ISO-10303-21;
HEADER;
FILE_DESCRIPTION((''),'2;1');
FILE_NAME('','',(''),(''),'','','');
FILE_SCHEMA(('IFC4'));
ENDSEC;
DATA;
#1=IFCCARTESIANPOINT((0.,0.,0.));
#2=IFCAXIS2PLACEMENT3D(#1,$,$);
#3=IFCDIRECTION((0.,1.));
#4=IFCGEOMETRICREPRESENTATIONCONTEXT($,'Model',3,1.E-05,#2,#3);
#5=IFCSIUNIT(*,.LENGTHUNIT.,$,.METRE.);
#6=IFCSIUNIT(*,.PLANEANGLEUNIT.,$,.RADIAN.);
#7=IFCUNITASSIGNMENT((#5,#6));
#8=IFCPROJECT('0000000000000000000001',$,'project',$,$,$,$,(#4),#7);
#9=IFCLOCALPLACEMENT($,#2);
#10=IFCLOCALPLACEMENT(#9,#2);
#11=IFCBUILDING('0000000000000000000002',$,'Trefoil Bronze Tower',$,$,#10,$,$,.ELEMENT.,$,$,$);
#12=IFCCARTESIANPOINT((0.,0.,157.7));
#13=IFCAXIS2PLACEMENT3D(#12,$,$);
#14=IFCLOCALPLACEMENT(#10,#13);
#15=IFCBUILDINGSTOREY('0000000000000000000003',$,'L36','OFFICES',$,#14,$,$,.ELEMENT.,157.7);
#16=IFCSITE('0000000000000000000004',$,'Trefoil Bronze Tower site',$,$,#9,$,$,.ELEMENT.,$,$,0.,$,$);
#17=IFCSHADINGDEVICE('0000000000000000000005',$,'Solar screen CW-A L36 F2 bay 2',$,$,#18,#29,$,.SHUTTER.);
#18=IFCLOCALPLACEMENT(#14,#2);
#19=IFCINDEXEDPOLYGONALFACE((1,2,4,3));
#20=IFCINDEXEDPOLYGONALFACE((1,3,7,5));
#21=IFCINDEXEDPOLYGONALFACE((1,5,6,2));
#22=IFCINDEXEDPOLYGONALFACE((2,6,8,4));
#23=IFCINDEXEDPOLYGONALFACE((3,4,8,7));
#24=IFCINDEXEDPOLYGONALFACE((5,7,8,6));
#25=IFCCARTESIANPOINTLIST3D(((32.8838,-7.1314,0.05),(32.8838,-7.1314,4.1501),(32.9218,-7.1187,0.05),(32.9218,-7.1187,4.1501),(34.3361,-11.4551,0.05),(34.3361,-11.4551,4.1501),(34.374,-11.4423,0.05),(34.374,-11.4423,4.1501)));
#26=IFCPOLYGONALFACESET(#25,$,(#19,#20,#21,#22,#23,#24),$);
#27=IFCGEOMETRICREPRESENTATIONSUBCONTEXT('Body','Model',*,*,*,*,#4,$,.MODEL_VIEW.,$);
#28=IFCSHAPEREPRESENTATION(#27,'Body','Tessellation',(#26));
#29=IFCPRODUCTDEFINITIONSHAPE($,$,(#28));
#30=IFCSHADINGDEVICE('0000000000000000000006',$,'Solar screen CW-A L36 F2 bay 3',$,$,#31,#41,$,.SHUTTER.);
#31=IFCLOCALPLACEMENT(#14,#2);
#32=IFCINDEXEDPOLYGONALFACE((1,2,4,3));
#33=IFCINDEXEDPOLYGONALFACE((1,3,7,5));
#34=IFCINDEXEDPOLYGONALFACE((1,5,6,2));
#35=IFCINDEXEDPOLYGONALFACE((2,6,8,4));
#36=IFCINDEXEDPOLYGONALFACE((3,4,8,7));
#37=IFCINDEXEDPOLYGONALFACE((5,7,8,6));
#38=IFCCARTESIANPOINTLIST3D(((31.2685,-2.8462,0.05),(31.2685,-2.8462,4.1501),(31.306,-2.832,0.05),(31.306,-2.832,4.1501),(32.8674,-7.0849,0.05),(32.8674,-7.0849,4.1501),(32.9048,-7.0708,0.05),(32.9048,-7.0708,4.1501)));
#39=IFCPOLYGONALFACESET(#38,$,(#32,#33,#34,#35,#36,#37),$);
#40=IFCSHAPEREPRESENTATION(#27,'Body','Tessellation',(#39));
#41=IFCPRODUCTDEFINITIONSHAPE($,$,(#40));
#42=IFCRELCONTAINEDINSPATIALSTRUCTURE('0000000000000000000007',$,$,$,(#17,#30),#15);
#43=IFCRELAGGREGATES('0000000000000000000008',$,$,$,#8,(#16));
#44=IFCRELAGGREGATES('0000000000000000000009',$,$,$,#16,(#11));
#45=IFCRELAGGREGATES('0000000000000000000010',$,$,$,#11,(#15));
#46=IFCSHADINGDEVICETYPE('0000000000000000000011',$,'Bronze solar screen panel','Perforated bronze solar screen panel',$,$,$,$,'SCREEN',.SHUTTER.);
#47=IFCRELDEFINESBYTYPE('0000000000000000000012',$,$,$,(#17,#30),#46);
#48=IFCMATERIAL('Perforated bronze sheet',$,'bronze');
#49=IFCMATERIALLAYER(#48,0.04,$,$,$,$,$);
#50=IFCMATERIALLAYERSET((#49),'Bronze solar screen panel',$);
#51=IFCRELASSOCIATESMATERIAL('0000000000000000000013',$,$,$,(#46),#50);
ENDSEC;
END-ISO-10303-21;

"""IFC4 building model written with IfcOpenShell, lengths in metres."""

from ifc_helpers import new_model, si_unit, direction, frame, origin, origin_2d, place, context, subcontext, project, spatial, rectangle, extrude, material, layer, layer_set, type_object, element, save


model = new_model("IFC4")

# Units and contexts
model_context = context("Model", 3, precision=1e-05, world=origin(), true_north=direction((0.0, 1.0)))
body_context = subcontext(model_context, "Body", "Model", "MODEL_VIEW")
ifc_project = project(units=[si_unit("LENGTHUNIT", "METRE"), si_unit("PLANEANGLEUNIT", "RADIAN")], contexts=[model_context])

# Site, building, storey
site_placement = place(None, origin())
site = spatial("IfcSite", under=ifc_project, at=site_placement, Name="Trefoil Bronze Tower site", CompositionType="ELEMENT", RefElevation=0.0)
building_placement = place(site_placement, origin())
building = spatial("IfcBuilding", under=site, at=building_placement, Name="Trefoil Bronze Tower", CompositionType="ELEMENT")
storey_placement = place(building_placement, frame((0.0, 0.0, 157.7)))
storey = spatial("IfcBuildingStorey", under=building, at=storey_placement, Name="L36", Description="OFFICES", CompositionType="ELEMENT", Elevation=157.7)

# Shading devices
ifc_material_1 = material(Name="Perforated bronze sheet", Category="bronze")
ifc_layer_1 = layer(ifc_material_1, 0.04)
ifc_layer_set_1 = layer_set([ifc_layer_1], Name="Bronze solar screen panel")
shading_device_type = type_object("IfcShadingDeviceType", Name="Bronze solar screen panel", Description="Perforated bronze solar screen panel", ElementType="SCREEN", PredefinedType="SHUTTER", material=ifc_layer_set_1)
shading_device_1_placement = place(storey_placement, frame((33.6289, -9.2869, 0.05), z_axis=(0.0, 0.0, 1.0), x_axis=(-0.318404, 0.947955, 0.0)))
element("IfcShadingDevice", 1, at=shading_device_1_placement, inside=storey, type_object=shading_device_type, Name="Solar screen CW-A L36 F2 bay 2", PredefinedType="SHUTTER", context=body_context, shape_type="SweptSolid", body=[
    extrude(rectangle(XDim=4.561, YDim=0.04, at=origin_2d()), origin(), (0.0, 0.0, 1.0), 4.1001),
])
shading_device_2_placement = place(storey_placement, frame((32.0867, -4.9585, 0.05), z_axis=(0.0, 0.0, 1.0), x_axis=(-0.35292, 0.935654, 0.0)))
element("IfcShadingDevice", 2, at=shading_device_2_placement, inside=storey, type_object=shading_device_type, Name="Solar screen CW-A L36 F2 bay 3", PredefinedType="SHUTTER", context=body_context, shape_type="SweptSolid", body=[
    extrude(rectangle(XDim=4.5303, YDim=0.04, at=origin_2d()), origin(), (0.0, 0.0, 1.0), 4.1001),
])

save(model, "model.ifc")
